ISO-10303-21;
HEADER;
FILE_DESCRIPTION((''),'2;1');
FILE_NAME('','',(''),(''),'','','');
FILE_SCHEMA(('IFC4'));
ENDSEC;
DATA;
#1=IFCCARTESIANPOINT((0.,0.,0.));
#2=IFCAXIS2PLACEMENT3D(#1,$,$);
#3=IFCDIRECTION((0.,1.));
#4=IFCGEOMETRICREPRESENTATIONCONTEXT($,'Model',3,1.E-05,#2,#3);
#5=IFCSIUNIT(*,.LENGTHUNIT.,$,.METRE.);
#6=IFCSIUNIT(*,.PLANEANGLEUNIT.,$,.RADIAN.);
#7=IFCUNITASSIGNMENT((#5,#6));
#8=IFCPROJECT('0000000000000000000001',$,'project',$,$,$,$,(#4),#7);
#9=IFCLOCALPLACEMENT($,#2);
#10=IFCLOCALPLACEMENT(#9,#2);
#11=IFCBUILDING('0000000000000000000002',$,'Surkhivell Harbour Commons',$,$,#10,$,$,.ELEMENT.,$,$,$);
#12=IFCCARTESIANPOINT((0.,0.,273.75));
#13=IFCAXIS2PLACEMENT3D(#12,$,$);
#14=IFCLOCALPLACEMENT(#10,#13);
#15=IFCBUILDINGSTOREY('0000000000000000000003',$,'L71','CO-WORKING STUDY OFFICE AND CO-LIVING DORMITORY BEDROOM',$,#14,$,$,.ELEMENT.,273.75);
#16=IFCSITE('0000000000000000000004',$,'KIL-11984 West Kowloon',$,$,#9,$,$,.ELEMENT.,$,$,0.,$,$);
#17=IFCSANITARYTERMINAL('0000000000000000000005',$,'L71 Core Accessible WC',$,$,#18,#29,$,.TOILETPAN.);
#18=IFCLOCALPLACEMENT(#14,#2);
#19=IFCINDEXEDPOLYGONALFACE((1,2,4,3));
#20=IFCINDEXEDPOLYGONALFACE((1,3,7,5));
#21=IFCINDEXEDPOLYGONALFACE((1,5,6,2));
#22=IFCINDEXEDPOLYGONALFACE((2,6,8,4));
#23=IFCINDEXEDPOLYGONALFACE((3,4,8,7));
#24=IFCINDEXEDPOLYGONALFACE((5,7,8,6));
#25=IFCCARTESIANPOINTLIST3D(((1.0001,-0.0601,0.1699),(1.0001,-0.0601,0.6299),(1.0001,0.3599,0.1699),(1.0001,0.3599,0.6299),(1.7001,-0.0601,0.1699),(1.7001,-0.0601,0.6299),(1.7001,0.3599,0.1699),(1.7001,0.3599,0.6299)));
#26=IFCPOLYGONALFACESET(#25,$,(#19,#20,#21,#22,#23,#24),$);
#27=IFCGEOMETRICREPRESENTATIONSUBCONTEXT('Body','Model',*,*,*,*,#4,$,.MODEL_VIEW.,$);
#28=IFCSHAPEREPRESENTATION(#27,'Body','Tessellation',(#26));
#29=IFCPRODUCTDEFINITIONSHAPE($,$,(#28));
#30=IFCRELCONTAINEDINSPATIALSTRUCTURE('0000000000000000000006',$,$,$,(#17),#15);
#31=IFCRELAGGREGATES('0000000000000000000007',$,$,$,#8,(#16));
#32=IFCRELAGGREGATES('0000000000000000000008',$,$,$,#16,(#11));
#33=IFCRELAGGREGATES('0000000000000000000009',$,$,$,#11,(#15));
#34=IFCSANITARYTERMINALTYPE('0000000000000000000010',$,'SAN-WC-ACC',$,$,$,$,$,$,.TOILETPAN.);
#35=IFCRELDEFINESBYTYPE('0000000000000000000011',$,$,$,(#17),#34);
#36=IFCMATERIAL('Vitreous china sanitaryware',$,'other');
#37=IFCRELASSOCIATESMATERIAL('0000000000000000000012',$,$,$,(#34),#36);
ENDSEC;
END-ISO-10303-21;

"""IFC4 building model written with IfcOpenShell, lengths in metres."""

from ifc_helpers import new_model, si_unit, direction, frame, origin, origin_2d, place, context, subcontext, project, spatial, rectangle, extrude, material, type_object, element, save


model = new_model("IFC4")

# Units and contexts
model_context = context("Model", 3, precision=1e-05, world=origin(), true_north=direction((0.0, 1.0)))
body_context = subcontext(model_context, "Body", "Model", "MODEL_VIEW")
ifc_project = project(units=[si_unit("LENGTHUNIT", "METRE"), si_unit("PLANEANGLEUNIT", "RADIAN")], contexts=[model_context])

# Site, building, storey
site_placement = place(None, origin())
site = spatial("IfcSite", under=ifc_project, at=site_placement, Name="KIL-11984 West Kowloon", CompositionType="ELEMENT", RefElevation=0.0)
building_placement = place(site_placement, origin())
building = spatial("IfcBuilding", under=site, at=building_placement, Name="Surkhivell Harbour Commons", CompositionType="ELEMENT")
storey_placement = place(building_placement, frame((0.0, 0.0, 273.75)))
storey = spatial("IfcBuildingStorey", under=building, at=storey_placement, Name="L71", Description="CO-WORKING STUDY OFFICE AND CO-LIVING DORMITORY BEDROOM", CompositionType="ELEMENT", Elevation=273.75)

# Sanitary terminal
ifc_material_1 = material(Name="Vitreous china sanitaryware", Category="other")
sanitary_terminal_type_1 = type_object("IfcSanitaryTerminalType", Name="SAN-WC-ACC", PredefinedType="TOILETPAN", material=ifc_material_1)
sanitary_terminal_1_placement = place(storey_placement, frame((1.3501, 0.1499, 0.1699), z_axis=(0.0, 0.0, 1.0), x_axis=(1.0, 0.0, 0.0)))
element("IfcSanitaryTerminal", 1, at=sanitary_terminal_1_placement, inside=storey, type_object=sanitary_terminal_type_1, Name="L71 Core Accessible WC", PredefinedType="TOILETPAN", context=body_context, shape_type="SweptSolid", body=[
    extrude(rectangle(XDim=0.7, YDim=0.4199, at=origin_2d()), origin(), (0.0, 0.0, 1.0), 0.46),
])

save(model, "model.ifc")
